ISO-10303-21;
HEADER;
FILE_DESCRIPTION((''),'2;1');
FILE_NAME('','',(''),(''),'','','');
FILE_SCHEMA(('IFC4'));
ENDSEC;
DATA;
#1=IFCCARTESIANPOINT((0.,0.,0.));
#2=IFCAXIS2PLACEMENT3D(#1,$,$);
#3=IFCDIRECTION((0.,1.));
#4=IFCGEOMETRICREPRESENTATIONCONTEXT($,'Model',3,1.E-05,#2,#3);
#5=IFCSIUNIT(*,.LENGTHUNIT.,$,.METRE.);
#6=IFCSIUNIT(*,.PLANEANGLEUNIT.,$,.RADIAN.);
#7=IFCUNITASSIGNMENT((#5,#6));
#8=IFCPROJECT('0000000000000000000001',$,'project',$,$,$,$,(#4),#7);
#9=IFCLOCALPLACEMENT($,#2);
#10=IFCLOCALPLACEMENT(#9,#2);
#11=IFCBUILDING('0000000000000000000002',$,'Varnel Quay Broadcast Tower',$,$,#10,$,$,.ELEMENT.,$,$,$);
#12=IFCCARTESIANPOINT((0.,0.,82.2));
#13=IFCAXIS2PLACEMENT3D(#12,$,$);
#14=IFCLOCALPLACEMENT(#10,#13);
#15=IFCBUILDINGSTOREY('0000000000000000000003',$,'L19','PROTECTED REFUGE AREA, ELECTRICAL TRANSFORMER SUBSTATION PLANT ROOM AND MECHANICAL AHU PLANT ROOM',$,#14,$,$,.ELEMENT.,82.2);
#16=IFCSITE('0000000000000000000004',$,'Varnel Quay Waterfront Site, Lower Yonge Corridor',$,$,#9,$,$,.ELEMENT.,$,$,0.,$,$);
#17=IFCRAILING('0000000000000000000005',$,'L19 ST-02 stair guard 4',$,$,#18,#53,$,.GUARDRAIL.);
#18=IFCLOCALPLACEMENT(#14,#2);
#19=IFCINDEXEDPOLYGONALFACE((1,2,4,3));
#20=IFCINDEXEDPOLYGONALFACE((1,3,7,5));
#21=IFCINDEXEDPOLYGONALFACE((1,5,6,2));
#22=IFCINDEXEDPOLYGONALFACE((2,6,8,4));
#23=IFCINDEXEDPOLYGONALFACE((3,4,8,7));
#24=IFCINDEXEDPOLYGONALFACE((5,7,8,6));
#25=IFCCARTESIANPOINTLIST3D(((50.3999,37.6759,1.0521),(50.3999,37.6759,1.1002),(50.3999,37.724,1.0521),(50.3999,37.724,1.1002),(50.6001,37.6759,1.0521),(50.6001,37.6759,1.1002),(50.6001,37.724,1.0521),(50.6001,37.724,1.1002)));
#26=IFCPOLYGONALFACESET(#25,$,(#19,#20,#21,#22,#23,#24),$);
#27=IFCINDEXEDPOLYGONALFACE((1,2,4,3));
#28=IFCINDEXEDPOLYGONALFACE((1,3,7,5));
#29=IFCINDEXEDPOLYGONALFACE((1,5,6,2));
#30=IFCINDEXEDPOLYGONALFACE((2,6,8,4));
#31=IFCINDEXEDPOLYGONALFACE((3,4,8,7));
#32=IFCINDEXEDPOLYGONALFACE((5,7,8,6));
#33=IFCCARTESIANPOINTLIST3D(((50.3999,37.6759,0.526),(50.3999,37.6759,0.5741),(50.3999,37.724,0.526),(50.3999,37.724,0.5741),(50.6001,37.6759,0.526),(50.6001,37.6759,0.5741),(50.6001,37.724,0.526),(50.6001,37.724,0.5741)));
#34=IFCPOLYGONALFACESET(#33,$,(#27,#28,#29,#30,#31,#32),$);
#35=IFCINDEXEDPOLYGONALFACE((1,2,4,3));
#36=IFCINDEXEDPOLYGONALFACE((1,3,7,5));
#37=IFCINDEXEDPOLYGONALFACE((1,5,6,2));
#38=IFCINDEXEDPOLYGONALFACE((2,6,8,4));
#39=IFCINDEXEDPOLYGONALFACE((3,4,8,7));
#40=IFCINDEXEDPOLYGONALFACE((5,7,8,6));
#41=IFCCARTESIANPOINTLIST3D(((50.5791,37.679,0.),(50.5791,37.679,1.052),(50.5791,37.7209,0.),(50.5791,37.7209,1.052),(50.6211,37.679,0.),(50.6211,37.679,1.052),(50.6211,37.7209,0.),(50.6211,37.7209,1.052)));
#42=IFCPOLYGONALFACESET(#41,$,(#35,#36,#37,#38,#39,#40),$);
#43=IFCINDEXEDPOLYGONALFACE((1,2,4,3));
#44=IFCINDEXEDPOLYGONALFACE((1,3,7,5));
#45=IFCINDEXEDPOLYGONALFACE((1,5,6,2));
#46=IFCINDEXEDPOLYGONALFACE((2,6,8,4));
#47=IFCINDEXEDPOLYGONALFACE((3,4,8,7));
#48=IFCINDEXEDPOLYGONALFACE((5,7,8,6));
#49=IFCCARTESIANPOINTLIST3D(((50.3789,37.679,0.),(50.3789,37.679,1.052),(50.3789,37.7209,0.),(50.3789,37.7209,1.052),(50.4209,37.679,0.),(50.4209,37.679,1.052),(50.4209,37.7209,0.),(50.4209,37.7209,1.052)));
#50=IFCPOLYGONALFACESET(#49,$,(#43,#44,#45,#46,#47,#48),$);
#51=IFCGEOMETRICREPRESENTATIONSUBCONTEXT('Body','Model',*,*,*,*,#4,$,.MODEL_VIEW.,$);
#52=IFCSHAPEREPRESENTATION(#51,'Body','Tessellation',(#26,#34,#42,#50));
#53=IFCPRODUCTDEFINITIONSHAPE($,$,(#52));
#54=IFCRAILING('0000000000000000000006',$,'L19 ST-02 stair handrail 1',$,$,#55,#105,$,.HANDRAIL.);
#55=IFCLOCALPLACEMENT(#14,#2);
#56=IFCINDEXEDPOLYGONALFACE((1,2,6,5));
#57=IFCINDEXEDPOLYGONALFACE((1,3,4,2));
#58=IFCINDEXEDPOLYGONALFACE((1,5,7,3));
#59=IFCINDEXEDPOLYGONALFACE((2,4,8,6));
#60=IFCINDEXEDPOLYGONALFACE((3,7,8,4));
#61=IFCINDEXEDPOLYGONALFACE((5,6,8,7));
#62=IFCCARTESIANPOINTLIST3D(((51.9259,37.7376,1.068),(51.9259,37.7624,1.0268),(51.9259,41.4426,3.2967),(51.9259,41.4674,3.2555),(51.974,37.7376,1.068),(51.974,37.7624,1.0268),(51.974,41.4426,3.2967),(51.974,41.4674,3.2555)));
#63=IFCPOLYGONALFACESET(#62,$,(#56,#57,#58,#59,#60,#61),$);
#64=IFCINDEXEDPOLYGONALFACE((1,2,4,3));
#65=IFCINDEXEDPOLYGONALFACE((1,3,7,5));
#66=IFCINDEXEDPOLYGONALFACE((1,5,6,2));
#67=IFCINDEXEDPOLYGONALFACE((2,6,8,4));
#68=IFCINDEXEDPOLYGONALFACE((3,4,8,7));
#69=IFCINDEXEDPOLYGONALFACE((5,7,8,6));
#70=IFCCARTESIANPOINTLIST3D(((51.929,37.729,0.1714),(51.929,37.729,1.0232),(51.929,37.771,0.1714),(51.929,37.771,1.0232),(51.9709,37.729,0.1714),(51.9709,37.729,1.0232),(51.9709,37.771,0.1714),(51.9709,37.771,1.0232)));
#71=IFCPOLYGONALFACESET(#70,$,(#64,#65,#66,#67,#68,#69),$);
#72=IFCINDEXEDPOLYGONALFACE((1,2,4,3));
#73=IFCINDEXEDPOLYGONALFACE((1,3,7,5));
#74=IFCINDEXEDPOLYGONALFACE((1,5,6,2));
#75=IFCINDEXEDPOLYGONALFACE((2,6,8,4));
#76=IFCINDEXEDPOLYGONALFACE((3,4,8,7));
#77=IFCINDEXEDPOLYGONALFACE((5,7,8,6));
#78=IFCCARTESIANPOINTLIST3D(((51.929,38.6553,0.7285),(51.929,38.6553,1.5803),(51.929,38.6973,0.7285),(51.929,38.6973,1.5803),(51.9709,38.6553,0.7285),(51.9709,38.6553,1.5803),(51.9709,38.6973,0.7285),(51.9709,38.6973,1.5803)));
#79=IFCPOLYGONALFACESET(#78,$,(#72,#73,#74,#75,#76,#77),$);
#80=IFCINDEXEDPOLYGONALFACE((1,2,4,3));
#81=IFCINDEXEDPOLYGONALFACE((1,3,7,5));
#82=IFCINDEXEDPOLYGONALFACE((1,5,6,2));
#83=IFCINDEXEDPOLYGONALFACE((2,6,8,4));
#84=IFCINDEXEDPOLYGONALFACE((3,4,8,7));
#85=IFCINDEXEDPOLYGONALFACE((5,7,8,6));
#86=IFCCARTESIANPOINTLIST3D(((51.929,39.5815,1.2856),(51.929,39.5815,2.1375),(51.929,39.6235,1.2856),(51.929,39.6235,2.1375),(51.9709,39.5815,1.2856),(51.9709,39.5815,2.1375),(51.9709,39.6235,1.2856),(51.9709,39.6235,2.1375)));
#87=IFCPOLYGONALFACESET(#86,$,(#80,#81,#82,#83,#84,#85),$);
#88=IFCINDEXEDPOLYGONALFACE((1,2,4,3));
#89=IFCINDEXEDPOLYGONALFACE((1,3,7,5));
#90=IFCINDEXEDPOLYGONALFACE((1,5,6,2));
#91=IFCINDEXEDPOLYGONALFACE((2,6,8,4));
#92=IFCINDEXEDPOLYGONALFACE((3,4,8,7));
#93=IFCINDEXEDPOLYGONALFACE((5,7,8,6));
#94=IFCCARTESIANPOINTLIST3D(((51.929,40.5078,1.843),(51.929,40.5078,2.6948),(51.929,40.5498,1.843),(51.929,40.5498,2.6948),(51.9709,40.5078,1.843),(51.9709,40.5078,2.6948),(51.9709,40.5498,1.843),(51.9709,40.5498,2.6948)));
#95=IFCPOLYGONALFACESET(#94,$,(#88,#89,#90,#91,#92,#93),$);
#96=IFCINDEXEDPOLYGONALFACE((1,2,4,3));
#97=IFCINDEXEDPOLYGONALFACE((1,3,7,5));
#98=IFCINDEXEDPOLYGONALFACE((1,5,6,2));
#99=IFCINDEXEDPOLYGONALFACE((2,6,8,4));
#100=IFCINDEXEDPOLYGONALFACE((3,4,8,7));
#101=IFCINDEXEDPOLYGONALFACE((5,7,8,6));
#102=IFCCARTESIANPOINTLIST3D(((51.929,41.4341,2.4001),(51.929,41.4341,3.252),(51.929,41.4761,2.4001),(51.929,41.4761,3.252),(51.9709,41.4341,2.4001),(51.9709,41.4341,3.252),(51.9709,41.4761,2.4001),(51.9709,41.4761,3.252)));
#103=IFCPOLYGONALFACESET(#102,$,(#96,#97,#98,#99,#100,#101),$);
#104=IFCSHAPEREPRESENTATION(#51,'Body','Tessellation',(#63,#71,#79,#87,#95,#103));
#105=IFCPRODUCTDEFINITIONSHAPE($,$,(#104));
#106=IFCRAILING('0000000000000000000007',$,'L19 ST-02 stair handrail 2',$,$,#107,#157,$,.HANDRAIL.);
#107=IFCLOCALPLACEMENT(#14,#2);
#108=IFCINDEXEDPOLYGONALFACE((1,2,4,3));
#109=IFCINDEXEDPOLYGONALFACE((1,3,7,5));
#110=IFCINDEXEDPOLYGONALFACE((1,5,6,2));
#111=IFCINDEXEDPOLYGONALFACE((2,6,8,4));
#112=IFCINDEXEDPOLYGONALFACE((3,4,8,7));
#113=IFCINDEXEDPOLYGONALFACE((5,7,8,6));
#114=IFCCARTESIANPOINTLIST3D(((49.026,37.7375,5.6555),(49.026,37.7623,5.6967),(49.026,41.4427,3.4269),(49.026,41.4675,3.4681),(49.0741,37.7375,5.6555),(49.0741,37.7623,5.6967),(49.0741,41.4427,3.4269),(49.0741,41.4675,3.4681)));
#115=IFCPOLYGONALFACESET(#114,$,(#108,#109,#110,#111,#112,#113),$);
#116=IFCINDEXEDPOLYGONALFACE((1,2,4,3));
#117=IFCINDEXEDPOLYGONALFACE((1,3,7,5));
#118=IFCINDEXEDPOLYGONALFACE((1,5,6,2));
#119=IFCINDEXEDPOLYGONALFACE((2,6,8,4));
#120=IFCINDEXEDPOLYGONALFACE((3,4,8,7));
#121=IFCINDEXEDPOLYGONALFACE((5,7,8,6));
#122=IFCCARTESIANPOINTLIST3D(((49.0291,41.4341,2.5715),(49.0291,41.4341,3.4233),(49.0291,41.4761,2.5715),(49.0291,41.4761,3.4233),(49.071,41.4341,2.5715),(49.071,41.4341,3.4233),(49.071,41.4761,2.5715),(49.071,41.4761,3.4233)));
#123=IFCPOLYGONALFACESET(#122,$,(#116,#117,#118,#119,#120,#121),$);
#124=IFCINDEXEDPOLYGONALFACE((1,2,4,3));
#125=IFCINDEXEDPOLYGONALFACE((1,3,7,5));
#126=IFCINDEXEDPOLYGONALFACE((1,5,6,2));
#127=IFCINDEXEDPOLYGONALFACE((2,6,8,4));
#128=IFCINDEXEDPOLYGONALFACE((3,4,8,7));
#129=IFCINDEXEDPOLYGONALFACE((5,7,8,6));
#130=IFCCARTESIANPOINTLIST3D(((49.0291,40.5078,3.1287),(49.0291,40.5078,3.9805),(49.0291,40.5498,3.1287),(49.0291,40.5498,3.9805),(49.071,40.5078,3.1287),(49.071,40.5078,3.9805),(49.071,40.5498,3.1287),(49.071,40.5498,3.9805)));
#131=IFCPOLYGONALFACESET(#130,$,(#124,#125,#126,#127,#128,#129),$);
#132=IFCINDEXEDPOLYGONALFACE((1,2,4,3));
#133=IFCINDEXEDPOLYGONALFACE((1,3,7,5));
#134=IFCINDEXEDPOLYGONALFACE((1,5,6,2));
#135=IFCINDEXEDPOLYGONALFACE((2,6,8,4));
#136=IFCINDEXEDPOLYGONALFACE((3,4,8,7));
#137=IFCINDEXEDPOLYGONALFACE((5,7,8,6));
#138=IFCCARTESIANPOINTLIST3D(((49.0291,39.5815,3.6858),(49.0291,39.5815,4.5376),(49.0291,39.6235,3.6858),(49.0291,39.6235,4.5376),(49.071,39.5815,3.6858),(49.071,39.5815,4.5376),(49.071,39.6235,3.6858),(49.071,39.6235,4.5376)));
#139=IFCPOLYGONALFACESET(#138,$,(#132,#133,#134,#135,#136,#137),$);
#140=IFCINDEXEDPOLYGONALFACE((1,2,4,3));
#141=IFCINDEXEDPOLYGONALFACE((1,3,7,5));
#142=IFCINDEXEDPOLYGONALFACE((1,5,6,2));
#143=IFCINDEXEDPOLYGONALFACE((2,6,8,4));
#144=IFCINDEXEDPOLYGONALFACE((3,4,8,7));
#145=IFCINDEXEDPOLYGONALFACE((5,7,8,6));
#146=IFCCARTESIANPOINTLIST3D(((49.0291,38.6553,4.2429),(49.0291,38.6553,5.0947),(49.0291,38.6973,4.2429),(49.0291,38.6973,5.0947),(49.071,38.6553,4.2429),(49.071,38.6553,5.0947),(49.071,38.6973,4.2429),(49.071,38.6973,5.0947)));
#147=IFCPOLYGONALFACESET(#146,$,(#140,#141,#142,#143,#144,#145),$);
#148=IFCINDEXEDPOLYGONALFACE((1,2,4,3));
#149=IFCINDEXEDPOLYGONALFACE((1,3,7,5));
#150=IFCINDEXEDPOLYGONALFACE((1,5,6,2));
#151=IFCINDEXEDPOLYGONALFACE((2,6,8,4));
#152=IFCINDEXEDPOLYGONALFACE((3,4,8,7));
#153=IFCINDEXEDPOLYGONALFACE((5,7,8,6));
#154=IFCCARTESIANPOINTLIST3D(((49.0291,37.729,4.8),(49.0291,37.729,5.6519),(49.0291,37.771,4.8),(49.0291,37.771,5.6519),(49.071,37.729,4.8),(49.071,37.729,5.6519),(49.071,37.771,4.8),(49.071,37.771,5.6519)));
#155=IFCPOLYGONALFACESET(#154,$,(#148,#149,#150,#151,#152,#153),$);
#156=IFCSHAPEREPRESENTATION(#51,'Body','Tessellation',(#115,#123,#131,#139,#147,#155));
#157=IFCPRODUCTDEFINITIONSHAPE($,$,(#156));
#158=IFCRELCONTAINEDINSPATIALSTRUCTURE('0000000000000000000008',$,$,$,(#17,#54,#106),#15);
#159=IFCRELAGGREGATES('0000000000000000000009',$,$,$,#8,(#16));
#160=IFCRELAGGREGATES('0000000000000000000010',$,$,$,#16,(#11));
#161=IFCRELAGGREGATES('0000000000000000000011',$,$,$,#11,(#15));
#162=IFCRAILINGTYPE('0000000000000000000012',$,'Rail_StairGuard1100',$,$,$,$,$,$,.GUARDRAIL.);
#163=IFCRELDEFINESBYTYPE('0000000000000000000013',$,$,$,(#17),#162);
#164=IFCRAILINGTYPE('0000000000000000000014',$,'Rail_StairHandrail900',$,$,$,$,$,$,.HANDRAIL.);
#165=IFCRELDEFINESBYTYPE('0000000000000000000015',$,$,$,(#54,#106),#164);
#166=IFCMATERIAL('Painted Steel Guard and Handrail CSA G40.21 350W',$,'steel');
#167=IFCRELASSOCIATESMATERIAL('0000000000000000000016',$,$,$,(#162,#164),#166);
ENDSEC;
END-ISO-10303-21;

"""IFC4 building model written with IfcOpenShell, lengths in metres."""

from ifc_helpers import new_model, si_unit, direction, frame, origin, origin_2d, place, context, subcontext, project, spatial, rectangle, extrude, material, type_object, element, save


model = new_model("IFC4")

# Units and contexts
model_context = context("Model", 3, precision=1e-05, world=origin(), true_north=direction((0.0, 1.0)))
body_context = subcontext(model_context, "Body", "Model", "MODEL_VIEW")
ifc_project = project(units=[si_unit("LENGTHUNIT", "METRE"), si_unit("PLANEANGLEUNIT", "RADIAN")], contexts=[model_context])

# Site, building, storey
site_placement = place(None, origin())
site = spatial("IfcSite", under=ifc_project, at=site_placement, Name="Varnel Quay Waterfront Site, Lower Yonge Corridor", CompositionType="ELEMENT", RefElevation=0.0)
building_placement = place(site_placement, origin())
building = spatial("IfcBuilding", under=site, at=building_placement, Name="Varnel Quay Broadcast Tower", CompositionType="ELEMENT")
storey_placement = place(building_placement, frame((0.0, 0.0, 82.2)))
storey = spatial("IfcBuildingStorey", under=building, at=storey_placement, Name="L19", Description="PROTECTED REFUGE AREA, ELECTRICAL TRANSFORMER SUBSTATION PLANT ROOM AND MECHANICAL AHU PLANT ROOM", CompositionType="ELEMENT", Elevation=82.2)

# Railings
ifc_material_1 = material(Name="Painted Steel Guard and Handrail CSA G40.21 350W", Category="steel")
railing_type_1 = type_object("IfcRailingType", Name="Rail_StairGuard1100", PredefinedType="GUARDRAIL", material=ifc_material_1)
railing_1_placement = place(storey_placement, frame((50.6001, 37.7, 0.0)))
element("IfcRailing", 1, at=railing_1_placement, inside=storey, type_object=railing_type_1, Name="L19 ST-02 stair guard 4", PredefinedType="GUARDRAIL", context=body_context, shape_type="SweptSolid", body=[
    extrude(rectangle(XDim=0.0481, YDim=0.0481, at=origin_2d()), frame((0.0, 0.0, 1.0762), z_axis=(-1.0, 0.0, 0.0), x_axis=(0.0, -1.0, 0.0)), (0.0, 0.0, 1.0), 0.2002),
    extrude(rectangle(XDim=0.0481, YDim=0.0481, at=origin_2d()), frame((0.0, 0.0, 0.55), z_axis=(-1.0, 0.0, 0.0), x_axis=(0.0, -1.0, 0.0)), (0.0, 0.0, 1.0), 0.2002),
    extrude(rectangle(XDim=0.042, YDim=0.042, at=origin_2d()), origin(), (0.0, 0.0, 1.0), 1.052),
    extrude(rectangle(XDim=0.042, YDim=0.042, at=origin_2d()), frame((-0.2002, 0.0, 0.0)), (0.0, 0.0, 1.0), 1.052),
])
railing_type_2 = type_object("IfcRailingType", Name="Rail_StairHandrail900", PredefinedType="HANDRAIL", material=ifc_material_1)
railing_2_placement = place(storey_placement, frame((51.95, 37.75, 0.1714)))
element("IfcRailing", 2, at=railing_2_placement, inside=storey, type_object=railing_type_2, Name="L19 ST-02 stair handrail 1", PredefinedType="HANDRAIL", context=body_context, shape_type="SweptSolid", body=[
    extrude(rectangle(XDim=0.0481, YDim=0.0481, at=origin_2d()), frame((0.0, 0.0, 0.876), z_axis=(0.0, 0.856909, 0.515467), x_axis=(-1.0, 0.0, 0.0)), (0.0, 0.0, 1.0), 4.3237),
    extrude(rectangle(XDim=0.042, YDim=0.042, at=origin_2d()), origin(), (0.0, 0.0, 1.0), 0.8518),
    extrude(rectangle(XDim=0.042, YDim=0.042, at=origin_2d()), frame((0.0, 0.9263, 0.5571)), (0.0, 0.0, 1.0), 0.8518),
    extrude(rectangle(XDim=0.042, YDim=0.042, at=origin_2d()), frame((0.0, 1.8525, 1.1143)), (0.0, 0.0, 1.0), 0.8518),
    extrude(rectangle(XDim=0.042, YDim=0.042, at=origin_2d()), frame((0.0, 2.7788, 1.6716)), (0.0, 0.0, 1.0), 0.8518),
    extrude(rectangle(XDim=0.042, YDim=0.042, at=origin_2d()), frame((0.0, 3.7051, 2.2288)), (0.0, 0.0, 1.0), 0.8518),
])
railing_3_placement = place(storey_placement, frame((49.05, 41.4551, 2.5715)))
element("IfcRailing", 3, at=railing_3_placement, inside=storey, type_object=railing_type_2, Name="L19 ST-02 stair handrail 2", PredefinedType="HANDRAIL", context=body_context, shape_type="SweptSolid", body=[
    extrude(rectangle(XDim=0.0481, YDim=0.0481, at=origin_2d()), frame((0.0, 0.0, 0.876), z_axis=(0.0, -0.856934, 0.515425), x_axis=(1.0, 0.0, 0.0)), (0.0, 0.0, 1.0), 4.3237),
    extrude(rectangle(XDim=0.042, YDim=0.042, at=origin_2d()), origin(), (0.0, 0.0, 1.0), 0.8518),
    extrude(rectangle(XDim=0.042, YDim=0.042, at=origin_2d()), frame((0.0, -0.9263, 0.5571)), (0.0, 0.0, 1.0), 0.8518),
    extrude(rectangle(XDim=0.042, YDim=0.042, at=origin_2d()), frame((0.0, -1.8525, 1.1143)), (0.0, 0.0, 1.0), 0.8518),
    extrude(rectangle(XDim=0.042, YDim=0.042, at=origin_2d()), frame((0.0, -2.7788, 1.6714)), (0.0, 0.0, 1.0), 0.8518),
    extrude(rectangle(XDim=0.042, YDim=0.042, at=origin_2d()), frame((0.0, -3.7051, 2.2285)), (0.0, 0.0, 1.0), 0.8518),
])

save(model, "model.ifc")
